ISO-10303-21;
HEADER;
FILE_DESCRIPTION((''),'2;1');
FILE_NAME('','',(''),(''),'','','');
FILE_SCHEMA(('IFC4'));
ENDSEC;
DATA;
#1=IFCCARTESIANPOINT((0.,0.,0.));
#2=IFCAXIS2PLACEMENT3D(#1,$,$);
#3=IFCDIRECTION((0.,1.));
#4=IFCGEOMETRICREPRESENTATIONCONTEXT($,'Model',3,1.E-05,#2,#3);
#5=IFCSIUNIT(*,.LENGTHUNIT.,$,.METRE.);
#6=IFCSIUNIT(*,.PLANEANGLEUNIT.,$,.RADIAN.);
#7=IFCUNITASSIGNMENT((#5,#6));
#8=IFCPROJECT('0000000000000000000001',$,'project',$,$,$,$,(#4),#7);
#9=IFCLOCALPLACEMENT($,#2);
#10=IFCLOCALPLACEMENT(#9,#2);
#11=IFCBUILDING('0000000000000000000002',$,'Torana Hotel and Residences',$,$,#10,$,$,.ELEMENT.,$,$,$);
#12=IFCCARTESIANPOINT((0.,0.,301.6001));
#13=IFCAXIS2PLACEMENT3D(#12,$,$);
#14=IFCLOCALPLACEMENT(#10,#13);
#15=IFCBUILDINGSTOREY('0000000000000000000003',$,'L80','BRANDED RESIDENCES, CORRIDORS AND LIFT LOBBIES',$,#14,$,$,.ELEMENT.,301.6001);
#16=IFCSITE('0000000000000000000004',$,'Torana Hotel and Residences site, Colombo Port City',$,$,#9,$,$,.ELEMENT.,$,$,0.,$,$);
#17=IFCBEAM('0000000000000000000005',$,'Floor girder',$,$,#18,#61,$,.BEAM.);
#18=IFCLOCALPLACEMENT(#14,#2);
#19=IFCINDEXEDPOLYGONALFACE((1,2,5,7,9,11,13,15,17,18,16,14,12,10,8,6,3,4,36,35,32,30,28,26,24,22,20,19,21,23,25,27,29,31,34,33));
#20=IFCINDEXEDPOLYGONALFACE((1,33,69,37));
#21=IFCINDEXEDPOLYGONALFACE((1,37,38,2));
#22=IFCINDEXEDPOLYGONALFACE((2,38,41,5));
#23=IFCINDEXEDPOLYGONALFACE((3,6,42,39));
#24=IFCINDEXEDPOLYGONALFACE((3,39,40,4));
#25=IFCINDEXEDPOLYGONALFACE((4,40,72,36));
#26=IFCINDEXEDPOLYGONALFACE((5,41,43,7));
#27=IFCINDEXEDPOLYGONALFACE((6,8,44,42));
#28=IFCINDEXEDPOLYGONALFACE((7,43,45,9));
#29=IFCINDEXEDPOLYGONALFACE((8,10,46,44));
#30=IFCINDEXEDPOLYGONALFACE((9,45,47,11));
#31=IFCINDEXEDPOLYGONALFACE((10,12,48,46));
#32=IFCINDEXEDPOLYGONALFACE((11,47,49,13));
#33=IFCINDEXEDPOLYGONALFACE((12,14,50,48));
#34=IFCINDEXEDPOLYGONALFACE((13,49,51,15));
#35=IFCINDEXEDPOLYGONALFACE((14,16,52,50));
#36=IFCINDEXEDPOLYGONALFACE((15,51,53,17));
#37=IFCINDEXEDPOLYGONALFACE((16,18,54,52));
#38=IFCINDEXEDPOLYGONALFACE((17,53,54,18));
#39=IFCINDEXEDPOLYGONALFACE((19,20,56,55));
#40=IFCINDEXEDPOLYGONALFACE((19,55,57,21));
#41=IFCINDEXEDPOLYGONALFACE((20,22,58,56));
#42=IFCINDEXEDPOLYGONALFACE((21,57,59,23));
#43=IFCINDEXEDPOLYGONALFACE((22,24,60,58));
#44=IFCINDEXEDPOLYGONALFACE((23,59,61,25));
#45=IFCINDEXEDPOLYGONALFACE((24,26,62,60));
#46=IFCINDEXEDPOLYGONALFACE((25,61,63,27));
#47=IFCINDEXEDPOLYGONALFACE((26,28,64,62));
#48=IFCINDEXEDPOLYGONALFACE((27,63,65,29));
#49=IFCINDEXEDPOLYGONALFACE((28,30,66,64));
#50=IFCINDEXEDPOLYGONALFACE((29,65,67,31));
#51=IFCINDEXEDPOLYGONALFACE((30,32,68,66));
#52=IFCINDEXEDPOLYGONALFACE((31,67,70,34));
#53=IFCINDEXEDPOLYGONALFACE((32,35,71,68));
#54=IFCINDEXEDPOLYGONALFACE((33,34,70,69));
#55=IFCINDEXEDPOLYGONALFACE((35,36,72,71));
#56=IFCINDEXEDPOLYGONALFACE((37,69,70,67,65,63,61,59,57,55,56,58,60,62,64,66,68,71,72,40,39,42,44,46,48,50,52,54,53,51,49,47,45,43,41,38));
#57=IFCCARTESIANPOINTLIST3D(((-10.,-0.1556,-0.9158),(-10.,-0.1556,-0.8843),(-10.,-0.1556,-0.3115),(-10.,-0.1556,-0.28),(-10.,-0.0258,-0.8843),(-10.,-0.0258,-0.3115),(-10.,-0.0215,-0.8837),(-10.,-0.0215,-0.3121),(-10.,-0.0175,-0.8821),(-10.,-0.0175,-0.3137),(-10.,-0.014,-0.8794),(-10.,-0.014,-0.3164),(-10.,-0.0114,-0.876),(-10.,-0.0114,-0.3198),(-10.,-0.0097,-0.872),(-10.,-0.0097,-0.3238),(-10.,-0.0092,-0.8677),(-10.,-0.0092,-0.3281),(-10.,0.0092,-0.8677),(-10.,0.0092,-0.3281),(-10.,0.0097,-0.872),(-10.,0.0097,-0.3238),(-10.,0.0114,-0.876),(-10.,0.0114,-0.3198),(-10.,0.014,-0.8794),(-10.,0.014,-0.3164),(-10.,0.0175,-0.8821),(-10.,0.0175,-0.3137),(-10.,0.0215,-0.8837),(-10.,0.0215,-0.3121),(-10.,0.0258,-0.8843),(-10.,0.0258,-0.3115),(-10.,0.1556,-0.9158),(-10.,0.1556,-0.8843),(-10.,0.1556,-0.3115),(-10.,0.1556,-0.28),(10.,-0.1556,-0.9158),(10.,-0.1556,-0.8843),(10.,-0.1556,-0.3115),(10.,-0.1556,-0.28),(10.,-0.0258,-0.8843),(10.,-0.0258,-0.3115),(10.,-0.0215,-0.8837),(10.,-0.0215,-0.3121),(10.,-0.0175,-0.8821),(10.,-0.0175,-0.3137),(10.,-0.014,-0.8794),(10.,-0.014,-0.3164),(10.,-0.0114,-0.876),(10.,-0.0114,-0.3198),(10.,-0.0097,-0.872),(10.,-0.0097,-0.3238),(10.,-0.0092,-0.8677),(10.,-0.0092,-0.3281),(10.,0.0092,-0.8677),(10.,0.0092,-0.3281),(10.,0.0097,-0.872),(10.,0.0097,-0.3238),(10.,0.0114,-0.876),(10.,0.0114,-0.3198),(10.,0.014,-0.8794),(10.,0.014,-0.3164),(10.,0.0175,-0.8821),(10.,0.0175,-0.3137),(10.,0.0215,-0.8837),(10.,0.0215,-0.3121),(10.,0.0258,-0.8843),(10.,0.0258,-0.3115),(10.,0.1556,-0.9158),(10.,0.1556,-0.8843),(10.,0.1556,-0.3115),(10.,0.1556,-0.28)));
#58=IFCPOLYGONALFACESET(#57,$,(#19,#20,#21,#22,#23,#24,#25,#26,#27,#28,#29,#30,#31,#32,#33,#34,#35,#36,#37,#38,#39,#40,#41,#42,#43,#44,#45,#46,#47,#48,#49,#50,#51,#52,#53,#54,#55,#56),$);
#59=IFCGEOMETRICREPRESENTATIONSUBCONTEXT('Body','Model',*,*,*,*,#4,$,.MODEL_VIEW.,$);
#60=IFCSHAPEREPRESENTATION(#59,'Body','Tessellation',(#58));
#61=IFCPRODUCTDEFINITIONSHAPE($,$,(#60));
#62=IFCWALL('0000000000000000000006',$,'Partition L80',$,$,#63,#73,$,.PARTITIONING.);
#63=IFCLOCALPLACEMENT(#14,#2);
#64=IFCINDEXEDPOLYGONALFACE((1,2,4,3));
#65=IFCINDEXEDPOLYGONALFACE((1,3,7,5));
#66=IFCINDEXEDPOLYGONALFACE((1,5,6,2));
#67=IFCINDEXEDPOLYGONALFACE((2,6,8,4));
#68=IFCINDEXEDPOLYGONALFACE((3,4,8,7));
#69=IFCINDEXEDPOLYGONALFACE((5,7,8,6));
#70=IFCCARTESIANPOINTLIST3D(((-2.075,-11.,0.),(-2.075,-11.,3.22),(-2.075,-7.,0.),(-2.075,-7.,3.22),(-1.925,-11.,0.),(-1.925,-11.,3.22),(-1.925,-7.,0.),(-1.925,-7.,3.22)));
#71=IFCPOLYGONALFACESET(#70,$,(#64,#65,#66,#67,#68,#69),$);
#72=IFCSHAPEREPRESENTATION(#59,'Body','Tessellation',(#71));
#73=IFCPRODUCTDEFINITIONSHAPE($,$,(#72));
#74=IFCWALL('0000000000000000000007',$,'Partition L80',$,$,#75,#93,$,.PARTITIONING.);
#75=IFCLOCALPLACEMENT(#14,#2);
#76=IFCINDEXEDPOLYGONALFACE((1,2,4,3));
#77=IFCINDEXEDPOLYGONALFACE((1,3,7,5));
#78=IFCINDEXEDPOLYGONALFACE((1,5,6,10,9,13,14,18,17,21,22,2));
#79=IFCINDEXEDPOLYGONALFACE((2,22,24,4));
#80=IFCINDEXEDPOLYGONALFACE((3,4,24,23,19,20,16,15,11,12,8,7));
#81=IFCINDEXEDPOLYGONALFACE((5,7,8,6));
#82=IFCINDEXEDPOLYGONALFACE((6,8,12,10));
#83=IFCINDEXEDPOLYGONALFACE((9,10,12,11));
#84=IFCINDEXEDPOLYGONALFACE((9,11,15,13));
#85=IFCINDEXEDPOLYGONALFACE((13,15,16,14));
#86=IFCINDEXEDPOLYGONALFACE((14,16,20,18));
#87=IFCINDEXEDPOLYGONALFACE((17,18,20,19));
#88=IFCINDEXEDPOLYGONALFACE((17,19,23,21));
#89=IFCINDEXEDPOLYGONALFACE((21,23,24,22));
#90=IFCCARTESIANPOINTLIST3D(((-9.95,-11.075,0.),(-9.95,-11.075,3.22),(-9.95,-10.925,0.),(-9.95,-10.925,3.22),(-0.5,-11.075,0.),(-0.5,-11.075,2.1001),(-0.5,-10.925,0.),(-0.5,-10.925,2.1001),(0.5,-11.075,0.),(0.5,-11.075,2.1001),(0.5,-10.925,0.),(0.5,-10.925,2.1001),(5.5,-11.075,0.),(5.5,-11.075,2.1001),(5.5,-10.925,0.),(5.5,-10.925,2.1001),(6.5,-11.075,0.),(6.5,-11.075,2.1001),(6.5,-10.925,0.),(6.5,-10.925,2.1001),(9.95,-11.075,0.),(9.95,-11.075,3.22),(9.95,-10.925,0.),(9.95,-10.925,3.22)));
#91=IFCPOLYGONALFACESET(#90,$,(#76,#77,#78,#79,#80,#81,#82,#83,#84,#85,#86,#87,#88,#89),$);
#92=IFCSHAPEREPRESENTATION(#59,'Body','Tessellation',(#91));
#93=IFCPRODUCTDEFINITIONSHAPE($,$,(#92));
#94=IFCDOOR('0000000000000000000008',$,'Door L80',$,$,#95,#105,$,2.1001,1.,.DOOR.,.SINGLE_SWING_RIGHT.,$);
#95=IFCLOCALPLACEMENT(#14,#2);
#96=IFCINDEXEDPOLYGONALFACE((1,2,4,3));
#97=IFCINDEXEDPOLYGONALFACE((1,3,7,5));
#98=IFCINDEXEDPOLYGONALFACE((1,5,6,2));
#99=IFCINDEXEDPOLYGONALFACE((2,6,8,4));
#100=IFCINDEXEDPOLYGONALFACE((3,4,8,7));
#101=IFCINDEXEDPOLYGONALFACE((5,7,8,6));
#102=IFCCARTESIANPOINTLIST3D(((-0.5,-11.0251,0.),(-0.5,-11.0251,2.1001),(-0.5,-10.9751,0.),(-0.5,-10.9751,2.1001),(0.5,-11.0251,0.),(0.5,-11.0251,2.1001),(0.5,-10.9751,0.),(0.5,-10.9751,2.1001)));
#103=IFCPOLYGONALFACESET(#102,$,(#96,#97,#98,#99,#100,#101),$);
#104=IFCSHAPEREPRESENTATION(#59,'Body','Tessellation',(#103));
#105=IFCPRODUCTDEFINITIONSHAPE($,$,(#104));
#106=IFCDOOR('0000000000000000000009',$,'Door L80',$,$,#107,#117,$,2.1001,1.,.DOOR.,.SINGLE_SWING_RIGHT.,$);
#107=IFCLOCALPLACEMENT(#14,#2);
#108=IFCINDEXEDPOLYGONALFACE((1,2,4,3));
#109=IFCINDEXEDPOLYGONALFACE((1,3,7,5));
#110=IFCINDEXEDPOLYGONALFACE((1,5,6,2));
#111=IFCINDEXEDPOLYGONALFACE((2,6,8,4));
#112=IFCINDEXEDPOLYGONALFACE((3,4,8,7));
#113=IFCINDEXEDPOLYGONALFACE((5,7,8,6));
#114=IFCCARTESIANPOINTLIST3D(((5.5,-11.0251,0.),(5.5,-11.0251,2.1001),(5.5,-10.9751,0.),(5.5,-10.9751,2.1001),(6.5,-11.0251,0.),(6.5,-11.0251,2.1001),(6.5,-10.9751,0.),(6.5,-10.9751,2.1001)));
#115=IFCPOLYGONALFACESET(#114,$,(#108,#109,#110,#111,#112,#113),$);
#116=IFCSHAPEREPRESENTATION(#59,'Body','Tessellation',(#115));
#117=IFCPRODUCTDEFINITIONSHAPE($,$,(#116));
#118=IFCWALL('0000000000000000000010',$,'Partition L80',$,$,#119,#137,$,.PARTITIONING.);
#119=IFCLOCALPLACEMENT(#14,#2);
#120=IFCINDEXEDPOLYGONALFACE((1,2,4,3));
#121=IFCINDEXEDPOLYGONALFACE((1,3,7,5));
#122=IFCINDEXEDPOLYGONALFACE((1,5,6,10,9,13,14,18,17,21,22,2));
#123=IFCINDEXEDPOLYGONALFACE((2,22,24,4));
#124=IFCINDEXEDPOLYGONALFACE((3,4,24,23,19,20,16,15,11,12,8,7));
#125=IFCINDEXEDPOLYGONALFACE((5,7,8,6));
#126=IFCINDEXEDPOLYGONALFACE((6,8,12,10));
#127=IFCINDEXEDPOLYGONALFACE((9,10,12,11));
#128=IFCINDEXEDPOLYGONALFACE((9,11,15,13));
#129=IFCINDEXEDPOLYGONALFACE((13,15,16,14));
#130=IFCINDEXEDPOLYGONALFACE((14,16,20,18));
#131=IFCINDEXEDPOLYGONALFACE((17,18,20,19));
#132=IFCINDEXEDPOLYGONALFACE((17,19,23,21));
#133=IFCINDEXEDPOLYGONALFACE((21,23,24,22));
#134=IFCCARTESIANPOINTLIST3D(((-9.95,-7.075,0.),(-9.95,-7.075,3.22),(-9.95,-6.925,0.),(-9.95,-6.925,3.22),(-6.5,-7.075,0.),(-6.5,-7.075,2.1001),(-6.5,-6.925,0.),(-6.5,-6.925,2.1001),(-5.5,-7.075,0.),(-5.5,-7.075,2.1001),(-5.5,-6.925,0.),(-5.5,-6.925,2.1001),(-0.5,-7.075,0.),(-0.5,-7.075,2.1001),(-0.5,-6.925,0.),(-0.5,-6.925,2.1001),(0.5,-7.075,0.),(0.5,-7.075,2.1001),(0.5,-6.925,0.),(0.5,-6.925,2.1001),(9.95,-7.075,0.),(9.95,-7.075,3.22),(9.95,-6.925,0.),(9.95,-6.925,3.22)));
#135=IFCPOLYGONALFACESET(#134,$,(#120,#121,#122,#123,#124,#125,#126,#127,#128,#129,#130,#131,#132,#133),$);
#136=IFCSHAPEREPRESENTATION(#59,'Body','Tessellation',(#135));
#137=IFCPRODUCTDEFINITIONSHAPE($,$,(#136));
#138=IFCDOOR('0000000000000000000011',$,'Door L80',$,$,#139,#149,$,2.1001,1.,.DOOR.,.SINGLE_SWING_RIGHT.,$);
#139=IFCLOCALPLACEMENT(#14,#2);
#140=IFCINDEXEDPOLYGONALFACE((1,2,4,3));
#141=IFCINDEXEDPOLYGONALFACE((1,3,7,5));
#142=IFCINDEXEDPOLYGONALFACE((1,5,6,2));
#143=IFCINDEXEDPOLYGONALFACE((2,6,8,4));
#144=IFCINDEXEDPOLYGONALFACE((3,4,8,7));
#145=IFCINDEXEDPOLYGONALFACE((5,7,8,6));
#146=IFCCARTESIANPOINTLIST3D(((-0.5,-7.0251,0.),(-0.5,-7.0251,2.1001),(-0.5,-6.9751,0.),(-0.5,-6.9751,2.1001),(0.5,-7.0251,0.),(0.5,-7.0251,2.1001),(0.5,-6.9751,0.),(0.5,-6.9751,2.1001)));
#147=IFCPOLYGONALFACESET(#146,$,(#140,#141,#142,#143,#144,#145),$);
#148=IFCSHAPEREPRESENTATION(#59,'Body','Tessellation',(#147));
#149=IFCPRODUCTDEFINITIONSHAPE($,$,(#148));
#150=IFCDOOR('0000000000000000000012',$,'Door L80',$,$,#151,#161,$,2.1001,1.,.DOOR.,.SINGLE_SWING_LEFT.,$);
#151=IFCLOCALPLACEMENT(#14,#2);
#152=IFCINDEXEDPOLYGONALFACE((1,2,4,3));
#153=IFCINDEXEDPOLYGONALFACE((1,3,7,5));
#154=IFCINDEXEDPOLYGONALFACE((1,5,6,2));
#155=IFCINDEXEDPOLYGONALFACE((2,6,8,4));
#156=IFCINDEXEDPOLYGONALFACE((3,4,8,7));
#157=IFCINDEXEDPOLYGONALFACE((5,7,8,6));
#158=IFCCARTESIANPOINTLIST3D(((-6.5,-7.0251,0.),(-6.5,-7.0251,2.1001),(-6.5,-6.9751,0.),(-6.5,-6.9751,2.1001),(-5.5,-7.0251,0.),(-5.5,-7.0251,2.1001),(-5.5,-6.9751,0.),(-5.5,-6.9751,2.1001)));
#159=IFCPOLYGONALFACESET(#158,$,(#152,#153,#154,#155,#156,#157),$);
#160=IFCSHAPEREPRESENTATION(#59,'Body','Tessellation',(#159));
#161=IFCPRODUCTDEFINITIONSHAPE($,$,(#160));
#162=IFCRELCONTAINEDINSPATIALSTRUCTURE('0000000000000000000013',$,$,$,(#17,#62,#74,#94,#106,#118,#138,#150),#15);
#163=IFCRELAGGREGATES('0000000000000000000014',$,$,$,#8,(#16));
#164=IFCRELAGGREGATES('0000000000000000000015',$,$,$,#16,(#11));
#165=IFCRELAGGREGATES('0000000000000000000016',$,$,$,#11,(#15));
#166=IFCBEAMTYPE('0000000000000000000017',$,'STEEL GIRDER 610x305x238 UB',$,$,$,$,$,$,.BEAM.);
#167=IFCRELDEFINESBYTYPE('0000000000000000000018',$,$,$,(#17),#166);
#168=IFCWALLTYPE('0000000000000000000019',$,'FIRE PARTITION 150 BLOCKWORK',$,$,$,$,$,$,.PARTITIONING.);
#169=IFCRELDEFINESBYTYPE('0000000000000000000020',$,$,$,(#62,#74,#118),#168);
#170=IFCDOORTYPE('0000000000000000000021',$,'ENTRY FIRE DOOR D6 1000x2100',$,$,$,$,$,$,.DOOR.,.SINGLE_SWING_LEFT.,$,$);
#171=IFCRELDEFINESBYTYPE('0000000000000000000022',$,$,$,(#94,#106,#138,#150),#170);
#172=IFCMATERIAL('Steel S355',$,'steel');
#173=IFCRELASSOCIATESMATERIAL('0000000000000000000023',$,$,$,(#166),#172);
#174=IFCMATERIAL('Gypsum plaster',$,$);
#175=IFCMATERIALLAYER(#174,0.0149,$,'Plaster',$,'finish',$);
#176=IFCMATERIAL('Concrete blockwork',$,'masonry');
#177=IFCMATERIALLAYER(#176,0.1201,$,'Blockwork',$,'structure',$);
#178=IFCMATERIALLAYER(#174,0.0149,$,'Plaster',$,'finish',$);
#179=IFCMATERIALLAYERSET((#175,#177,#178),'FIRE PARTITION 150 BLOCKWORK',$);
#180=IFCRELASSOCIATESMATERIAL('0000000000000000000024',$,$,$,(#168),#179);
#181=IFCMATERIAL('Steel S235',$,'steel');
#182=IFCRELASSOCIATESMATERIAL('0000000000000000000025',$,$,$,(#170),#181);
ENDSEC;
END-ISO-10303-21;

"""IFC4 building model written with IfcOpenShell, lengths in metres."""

from ifc_helpers import new_model, si_unit, direction, frame, frame_2d, origin, origin_2d, place, context, subcontext, project, spatial, rectangle, i_section, extrude, material, layer, layer_set, material_profile, profile_set, type_object, element, fill, save


model = new_model("IFC4")

# Units and contexts
model_context = context("Model", 3, precision=1e-05, world=origin(), true_north=direction((0.0, 1.0)))
body_context = subcontext(model_context, "Body", "Model", "MODEL_VIEW")
ifc_project = project(units=[si_unit("LENGTHUNIT", "METRE"), si_unit("PLANEANGLEUNIT", "RADIAN")], contexts=[model_context])

# Site, building, storey
site_placement = place(None, origin())
site = spatial("IfcSite", under=ifc_project, at=site_placement, Name="Torana Hotel and Residences site, Colombo Port City", CompositionType="ELEMENT", RefElevation=0.0)
building_placement = place(site_placement, origin())
building = spatial("IfcBuilding", under=site, at=building_placement, Name="Torana Hotel and Residences", CompositionType="ELEMENT")
storey_placement = place(building_placement, frame((0.0, 0.0, 301.6001)))
storey = spatial("IfcBuildingStorey", under=building, at=storey_placement, Name="L80", Description="BRANDED RESIDENCES, CORRIDORS AND LIFT LOBBIES", CompositionType="ELEMENT", Elevation=301.6001)

# Beam
ifc_material_1 = material(Name="Steel S355", Category="steel")
ifc_material_profile = material_profile(ifc_material_1, i_section(OverallWidth=0.3113, OverallDepth=0.6357, WebThickness=0.0183, FlangeThickness=0.0315, FilletRadius=0.0166, at=origin_2d()), Name="610x305x238 UB")
ifc_profile_set = profile_set([ifc_material_profile], Name="Steel S355")
beam_type = type_object("IfcBeamType", Name="STEEL GIRDER 610x305x238 UB", PredefinedType="BEAM", material=ifc_profile_set)
for number, where, z_axis, x_axis, name in (
    (1, (-10.0, 0.0, -0.5979), (1.0, 0.0, 0.0), (0.0, 1.0, 0.0), "Floor girder"),
):
    element("IfcBeam", number, at=place(storey_placement, frame(where, z_axis=z_axis, x_axis=x_axis)), inside=storey, type_object=beam_type, Name=name, PredefinedType="BEAM", context=body_context, shape_type="SweptSolid", body=[
        extrude(i_section(OverallWidth=0.3113, OverallDepth=0.6357, WebThickness=0.0183, FlangeThickness=0.0315, FilletRadius=0.0166, at=origin_2d()), origin(), (0.0, 0.0, 1.0), 20.0),
    ])

# Wall
ifc_material_2 = material(Name="Gypsum plaster")
ifc_layer_1 = layer(ifc_material_2, 0.0149, Name="Plaster", Category="finish")
ifc_material_3 = material(Name="Concrete blockwork", Category="masonry")
ifc_layer_2 = layer(ifc_material_3, 0.1201, Name="Blockwork", Category="structure")
ifc_layer_3 = layer(ifc_material_2, 0.0149, Name="Plaster", Category="finish")
ifc_layer_set_1 = layer_set([ifc_layer_1, ifc_layer_2, ifc_layer_3], Name="FIRE PARTITION 150 BLOCKWORK")
wall_type_1 = type_object("IfcWallType", Name="FIRE PARTITION 150 BLOCKWORK", PredefinedType="PARTITIONING", material=ifc_layer_set_1)
wall_1_placement = place(storey_placement, frame((-2.0, -11.0, 0.0), z_axis=(0.0, 0.0, 1.0), x_axis=(0.0, 1.0, 0.0)))
element("IfcWall", 2, at=wall_1_placement, inside=storey, type_object=wall_type_1, Name="Partition L80", PredefinedType="PARTITIONING", context=body_context, shape_type="SweptSolid", body=[
    extrude(rectangle(XDim=4.0, YDim=0.1499, at=frame_2d((2.0, 0.0))), origin(), (0.0, 0.0, 1.0), 3.22),
])

# Walls, openings, doors
wall_2_placement = place(storey_placement, frame((-9.95, -11.0, 0.0), z_axis=(0.0, 0.0, 1.0), x_axis=(1.0, 0.0, 0.0)))
wall_2 = element("IfcWall", 3, at=wall_2_placement, inside=storey, type_object=wall_type_1, Name="Partition L80", PredefinedType="PARTITIONING", context=body_context, shape_type="SweptSolid", body=[
    extrude(rectangle(XDim=19.8999, YDim=0.1499, at=frame_2d((9.95, 0.0))), origin(), (0.0, 0.0, 1.0), 3.22),
])
opening_1_placement = place(wall_2_placement, frame((9.45, 0.0, 0.0)))
opening_1 = element("IfcOpeningElement", 4, at=opening_1_placement, cuts=wall_2, PredefinedType="OPENING", context=body_context, shape_type="SweptSolid", body=[
    extrude(rectangle(XDim=1.0, YDim=2.1001, at=frame_2d((0.5, 1.05))), frame((0.0, 0.085, 0.0), z_axis=(0.0, -1.0, 0.0), x_axis=(1.0, 0.0, 0.0)), (0.0, 0.0, 1.0), 0.1699),
])
opening_2_placement = place(wall_2_placement, frame((15.45, 0.0, 0.0)))
opening_2 = element("IfcOpeningElement", 5, at=opening_2_placement, cuts=wall_2, PredefinedType="OPENING", context=body_context, shape_type="SweptSolid", body=[
    extrude(rectangle(XDim=1.0, YDim=2.1001, at=frame_2d((0.5, 1.05))), frame((0.0, 0.085, 0.0), z_axis=(0.0, -1.0, 0.0), x_axis=(1.0, 0.0, 0.0)), (0.0, 0.0, 1.0), 0.1699),
])
ifc_material_4 = material(Name="Steel S235", Category="steel")
door_type = type_object("IfcDoorType", Name="ENTRY FIRE DOOR D6 1000x2100", OperationType="SINGLE_SWING_LEFT", PredefinedType="DOOR", material=ifc_material_4)
door_1_placement = place(opening_1_placement, origin())
door_1 = element("IfcDoor", 6, at=door_1_placement, inside=storey, type_object=door_type, Name="Door L80", OperationType="SINGLE_SWING_RIGHT", OverallHeight=2.1001, OverallWidth=1.0, PredefinedType="DOOR", context=body_context, shape_type="SweptSolid", body=[
    extrude(rectangle(XDim=1.0, YDim=2.1001, at=frame_2d((0.5, 1.05))), frame((0.0, 0.0249, 0.0), z_axis=(0.0, -1.0, 0.0), x_axis=(1.0, 0.0, 0.0)), (0.0, 0.0, 1.0), 0.05),
])
fill(opening_1, door_1)
door_2_placement = place(opening_2_placement, origin())
door_2 = element("IfcDoor", 7, at=door_2_placement, inside=storey, type_object=door_type, Name="Door L80", OperationType="SINGLE_SWING_RIGHT", OverallHeight=2.1001, OverallWidth=1.0, PredefinedType="DOOR", context=body_context, shape_type="SweptSolid", body=[
    extrude(rectangle(XDim=1.0, YDim=2.1001, at=frame_2d((0.5, 1.05))), frame((0.0, 0.0249, 0.0), z_axis=(0.0, -1.0, 0.0), x_axis=(1.0, 0.0, 0.0)), (0.0, 0.0, 1.0), 0.05),
])
fill(opening_2, door_2)
wall_3_placement = place(storey_placement, frame((-9.95, -7.0, 0.0), z_axis=(0.0, 0.0, 1.0), x_axis=(1.0, 0.0, 0.0)))
wall_3 = element("IfcWall", 8, at=wall_3_placement, inside=storey, type_object=wall_type_1, Name="Partition L80", PredefinedType="PARTITIONING", context=body_context, shape_type="SweptSolid", body=[
    extrude(rectangle(XDim=19.8999, YDim=0.1499, at=frame_2d((9.95, 0.0))), origin(), (0.0, 0.0, 1.0), 3.22),
])
opening_3_placement = place(wall_3_placement, frame((9.45, 0.0, 0.0)))
opening_3 = element("IfcOpeningElement", 9, at=opening_3_placement, cuts=wall_3, PredefinedType="OPENING", context=body_context, shape_type="SweptSolid", body=[
    extrude(rectangle(XDim=1.0, YDim=2.1001, at=frame_2d((0.5, 1.05))), frame((0.0, 0.085, 0.0), z_axis=(0.0, -1.0, 0.0), x_axis=(1.0, 0.0, 0.0)), (0.0, 0.0, 1.0), 0.1699),
])
opening_4_placement = place(wall_3_placement, frame((3.45, 0.0, 0.0)))
opening_4 = element("IfcOpeningElement", 10, at=opening_4_placement, cuts=wall_3, PredefinedType="OPENING", context=body_context, shape_type="SweptSolid", body=[
    extrude(rectangle(XDim=1.0, YDim=2.1001, at=frame_2d((0.5, 1.05))), frame((0.0, 0.085, 0.0), z_axis=(0.0, -1.0, 0.0), x_axis=(1.0, 0.0, 0.0)), (0.0, 0.0, 1.0), 0.1699),
])
door_3_placement = place(opening_3_placement, origin())
door_3 = element("IfcDoor", 11, at=door_3_placement, inside=storey, type_object=door_type, Name="Door L80", OperationType="SINGLE_SWING_RIGHT", OverallHeight=2.1001, OverallWidth=1.0, PredefinedType="DOOR", context=body_context, shape_type="SweptSolid", body=[
    extrude(rectangle(XDim=1.0, YDim=2.1001, at=frame_2d((0.5, 1.05))), frame((0.0, 0.0249, 0.0), z_axis=(0.0, -1.0, 0.0), x_axis=(1.0, 0.0, 0.0)), (0.0, 0.0, 1.0), 0.05),
])
fill(opening_3, door_3)
door_4_placement = place(opening_4_placement, frame((0.5, 0.0, 0.0), z_axis=(0.0, 0.0, 1.0), x_axis=(-1.0, 0.0, 0.0)))
door_4 = element("IfcDoor", 12, at=door_4_placement, inside=storey, type_object=door_type, Name="Door L80", OperationType="SINGLE_SWING_LEFT", OverallHeight=2.1001, OverallWidth=1.0, PredefinedType="DOOR", context=body_context, shape_type="SweptSolid", body=[
    extrude(rectangle(XDim=1.0, YDim=2.1001, at=frame_2d((0.0, 1.05))), frame((0.0, -0.0249, 0.0), z_axis=(0.0, 1.0, 0.0), x_axis=(-1.0, 0.0, 0.0)), (0.0, 0.0, 1.0), 0.05),
])
fill(opening_4, door_4)

save(model, "model.ifc")
